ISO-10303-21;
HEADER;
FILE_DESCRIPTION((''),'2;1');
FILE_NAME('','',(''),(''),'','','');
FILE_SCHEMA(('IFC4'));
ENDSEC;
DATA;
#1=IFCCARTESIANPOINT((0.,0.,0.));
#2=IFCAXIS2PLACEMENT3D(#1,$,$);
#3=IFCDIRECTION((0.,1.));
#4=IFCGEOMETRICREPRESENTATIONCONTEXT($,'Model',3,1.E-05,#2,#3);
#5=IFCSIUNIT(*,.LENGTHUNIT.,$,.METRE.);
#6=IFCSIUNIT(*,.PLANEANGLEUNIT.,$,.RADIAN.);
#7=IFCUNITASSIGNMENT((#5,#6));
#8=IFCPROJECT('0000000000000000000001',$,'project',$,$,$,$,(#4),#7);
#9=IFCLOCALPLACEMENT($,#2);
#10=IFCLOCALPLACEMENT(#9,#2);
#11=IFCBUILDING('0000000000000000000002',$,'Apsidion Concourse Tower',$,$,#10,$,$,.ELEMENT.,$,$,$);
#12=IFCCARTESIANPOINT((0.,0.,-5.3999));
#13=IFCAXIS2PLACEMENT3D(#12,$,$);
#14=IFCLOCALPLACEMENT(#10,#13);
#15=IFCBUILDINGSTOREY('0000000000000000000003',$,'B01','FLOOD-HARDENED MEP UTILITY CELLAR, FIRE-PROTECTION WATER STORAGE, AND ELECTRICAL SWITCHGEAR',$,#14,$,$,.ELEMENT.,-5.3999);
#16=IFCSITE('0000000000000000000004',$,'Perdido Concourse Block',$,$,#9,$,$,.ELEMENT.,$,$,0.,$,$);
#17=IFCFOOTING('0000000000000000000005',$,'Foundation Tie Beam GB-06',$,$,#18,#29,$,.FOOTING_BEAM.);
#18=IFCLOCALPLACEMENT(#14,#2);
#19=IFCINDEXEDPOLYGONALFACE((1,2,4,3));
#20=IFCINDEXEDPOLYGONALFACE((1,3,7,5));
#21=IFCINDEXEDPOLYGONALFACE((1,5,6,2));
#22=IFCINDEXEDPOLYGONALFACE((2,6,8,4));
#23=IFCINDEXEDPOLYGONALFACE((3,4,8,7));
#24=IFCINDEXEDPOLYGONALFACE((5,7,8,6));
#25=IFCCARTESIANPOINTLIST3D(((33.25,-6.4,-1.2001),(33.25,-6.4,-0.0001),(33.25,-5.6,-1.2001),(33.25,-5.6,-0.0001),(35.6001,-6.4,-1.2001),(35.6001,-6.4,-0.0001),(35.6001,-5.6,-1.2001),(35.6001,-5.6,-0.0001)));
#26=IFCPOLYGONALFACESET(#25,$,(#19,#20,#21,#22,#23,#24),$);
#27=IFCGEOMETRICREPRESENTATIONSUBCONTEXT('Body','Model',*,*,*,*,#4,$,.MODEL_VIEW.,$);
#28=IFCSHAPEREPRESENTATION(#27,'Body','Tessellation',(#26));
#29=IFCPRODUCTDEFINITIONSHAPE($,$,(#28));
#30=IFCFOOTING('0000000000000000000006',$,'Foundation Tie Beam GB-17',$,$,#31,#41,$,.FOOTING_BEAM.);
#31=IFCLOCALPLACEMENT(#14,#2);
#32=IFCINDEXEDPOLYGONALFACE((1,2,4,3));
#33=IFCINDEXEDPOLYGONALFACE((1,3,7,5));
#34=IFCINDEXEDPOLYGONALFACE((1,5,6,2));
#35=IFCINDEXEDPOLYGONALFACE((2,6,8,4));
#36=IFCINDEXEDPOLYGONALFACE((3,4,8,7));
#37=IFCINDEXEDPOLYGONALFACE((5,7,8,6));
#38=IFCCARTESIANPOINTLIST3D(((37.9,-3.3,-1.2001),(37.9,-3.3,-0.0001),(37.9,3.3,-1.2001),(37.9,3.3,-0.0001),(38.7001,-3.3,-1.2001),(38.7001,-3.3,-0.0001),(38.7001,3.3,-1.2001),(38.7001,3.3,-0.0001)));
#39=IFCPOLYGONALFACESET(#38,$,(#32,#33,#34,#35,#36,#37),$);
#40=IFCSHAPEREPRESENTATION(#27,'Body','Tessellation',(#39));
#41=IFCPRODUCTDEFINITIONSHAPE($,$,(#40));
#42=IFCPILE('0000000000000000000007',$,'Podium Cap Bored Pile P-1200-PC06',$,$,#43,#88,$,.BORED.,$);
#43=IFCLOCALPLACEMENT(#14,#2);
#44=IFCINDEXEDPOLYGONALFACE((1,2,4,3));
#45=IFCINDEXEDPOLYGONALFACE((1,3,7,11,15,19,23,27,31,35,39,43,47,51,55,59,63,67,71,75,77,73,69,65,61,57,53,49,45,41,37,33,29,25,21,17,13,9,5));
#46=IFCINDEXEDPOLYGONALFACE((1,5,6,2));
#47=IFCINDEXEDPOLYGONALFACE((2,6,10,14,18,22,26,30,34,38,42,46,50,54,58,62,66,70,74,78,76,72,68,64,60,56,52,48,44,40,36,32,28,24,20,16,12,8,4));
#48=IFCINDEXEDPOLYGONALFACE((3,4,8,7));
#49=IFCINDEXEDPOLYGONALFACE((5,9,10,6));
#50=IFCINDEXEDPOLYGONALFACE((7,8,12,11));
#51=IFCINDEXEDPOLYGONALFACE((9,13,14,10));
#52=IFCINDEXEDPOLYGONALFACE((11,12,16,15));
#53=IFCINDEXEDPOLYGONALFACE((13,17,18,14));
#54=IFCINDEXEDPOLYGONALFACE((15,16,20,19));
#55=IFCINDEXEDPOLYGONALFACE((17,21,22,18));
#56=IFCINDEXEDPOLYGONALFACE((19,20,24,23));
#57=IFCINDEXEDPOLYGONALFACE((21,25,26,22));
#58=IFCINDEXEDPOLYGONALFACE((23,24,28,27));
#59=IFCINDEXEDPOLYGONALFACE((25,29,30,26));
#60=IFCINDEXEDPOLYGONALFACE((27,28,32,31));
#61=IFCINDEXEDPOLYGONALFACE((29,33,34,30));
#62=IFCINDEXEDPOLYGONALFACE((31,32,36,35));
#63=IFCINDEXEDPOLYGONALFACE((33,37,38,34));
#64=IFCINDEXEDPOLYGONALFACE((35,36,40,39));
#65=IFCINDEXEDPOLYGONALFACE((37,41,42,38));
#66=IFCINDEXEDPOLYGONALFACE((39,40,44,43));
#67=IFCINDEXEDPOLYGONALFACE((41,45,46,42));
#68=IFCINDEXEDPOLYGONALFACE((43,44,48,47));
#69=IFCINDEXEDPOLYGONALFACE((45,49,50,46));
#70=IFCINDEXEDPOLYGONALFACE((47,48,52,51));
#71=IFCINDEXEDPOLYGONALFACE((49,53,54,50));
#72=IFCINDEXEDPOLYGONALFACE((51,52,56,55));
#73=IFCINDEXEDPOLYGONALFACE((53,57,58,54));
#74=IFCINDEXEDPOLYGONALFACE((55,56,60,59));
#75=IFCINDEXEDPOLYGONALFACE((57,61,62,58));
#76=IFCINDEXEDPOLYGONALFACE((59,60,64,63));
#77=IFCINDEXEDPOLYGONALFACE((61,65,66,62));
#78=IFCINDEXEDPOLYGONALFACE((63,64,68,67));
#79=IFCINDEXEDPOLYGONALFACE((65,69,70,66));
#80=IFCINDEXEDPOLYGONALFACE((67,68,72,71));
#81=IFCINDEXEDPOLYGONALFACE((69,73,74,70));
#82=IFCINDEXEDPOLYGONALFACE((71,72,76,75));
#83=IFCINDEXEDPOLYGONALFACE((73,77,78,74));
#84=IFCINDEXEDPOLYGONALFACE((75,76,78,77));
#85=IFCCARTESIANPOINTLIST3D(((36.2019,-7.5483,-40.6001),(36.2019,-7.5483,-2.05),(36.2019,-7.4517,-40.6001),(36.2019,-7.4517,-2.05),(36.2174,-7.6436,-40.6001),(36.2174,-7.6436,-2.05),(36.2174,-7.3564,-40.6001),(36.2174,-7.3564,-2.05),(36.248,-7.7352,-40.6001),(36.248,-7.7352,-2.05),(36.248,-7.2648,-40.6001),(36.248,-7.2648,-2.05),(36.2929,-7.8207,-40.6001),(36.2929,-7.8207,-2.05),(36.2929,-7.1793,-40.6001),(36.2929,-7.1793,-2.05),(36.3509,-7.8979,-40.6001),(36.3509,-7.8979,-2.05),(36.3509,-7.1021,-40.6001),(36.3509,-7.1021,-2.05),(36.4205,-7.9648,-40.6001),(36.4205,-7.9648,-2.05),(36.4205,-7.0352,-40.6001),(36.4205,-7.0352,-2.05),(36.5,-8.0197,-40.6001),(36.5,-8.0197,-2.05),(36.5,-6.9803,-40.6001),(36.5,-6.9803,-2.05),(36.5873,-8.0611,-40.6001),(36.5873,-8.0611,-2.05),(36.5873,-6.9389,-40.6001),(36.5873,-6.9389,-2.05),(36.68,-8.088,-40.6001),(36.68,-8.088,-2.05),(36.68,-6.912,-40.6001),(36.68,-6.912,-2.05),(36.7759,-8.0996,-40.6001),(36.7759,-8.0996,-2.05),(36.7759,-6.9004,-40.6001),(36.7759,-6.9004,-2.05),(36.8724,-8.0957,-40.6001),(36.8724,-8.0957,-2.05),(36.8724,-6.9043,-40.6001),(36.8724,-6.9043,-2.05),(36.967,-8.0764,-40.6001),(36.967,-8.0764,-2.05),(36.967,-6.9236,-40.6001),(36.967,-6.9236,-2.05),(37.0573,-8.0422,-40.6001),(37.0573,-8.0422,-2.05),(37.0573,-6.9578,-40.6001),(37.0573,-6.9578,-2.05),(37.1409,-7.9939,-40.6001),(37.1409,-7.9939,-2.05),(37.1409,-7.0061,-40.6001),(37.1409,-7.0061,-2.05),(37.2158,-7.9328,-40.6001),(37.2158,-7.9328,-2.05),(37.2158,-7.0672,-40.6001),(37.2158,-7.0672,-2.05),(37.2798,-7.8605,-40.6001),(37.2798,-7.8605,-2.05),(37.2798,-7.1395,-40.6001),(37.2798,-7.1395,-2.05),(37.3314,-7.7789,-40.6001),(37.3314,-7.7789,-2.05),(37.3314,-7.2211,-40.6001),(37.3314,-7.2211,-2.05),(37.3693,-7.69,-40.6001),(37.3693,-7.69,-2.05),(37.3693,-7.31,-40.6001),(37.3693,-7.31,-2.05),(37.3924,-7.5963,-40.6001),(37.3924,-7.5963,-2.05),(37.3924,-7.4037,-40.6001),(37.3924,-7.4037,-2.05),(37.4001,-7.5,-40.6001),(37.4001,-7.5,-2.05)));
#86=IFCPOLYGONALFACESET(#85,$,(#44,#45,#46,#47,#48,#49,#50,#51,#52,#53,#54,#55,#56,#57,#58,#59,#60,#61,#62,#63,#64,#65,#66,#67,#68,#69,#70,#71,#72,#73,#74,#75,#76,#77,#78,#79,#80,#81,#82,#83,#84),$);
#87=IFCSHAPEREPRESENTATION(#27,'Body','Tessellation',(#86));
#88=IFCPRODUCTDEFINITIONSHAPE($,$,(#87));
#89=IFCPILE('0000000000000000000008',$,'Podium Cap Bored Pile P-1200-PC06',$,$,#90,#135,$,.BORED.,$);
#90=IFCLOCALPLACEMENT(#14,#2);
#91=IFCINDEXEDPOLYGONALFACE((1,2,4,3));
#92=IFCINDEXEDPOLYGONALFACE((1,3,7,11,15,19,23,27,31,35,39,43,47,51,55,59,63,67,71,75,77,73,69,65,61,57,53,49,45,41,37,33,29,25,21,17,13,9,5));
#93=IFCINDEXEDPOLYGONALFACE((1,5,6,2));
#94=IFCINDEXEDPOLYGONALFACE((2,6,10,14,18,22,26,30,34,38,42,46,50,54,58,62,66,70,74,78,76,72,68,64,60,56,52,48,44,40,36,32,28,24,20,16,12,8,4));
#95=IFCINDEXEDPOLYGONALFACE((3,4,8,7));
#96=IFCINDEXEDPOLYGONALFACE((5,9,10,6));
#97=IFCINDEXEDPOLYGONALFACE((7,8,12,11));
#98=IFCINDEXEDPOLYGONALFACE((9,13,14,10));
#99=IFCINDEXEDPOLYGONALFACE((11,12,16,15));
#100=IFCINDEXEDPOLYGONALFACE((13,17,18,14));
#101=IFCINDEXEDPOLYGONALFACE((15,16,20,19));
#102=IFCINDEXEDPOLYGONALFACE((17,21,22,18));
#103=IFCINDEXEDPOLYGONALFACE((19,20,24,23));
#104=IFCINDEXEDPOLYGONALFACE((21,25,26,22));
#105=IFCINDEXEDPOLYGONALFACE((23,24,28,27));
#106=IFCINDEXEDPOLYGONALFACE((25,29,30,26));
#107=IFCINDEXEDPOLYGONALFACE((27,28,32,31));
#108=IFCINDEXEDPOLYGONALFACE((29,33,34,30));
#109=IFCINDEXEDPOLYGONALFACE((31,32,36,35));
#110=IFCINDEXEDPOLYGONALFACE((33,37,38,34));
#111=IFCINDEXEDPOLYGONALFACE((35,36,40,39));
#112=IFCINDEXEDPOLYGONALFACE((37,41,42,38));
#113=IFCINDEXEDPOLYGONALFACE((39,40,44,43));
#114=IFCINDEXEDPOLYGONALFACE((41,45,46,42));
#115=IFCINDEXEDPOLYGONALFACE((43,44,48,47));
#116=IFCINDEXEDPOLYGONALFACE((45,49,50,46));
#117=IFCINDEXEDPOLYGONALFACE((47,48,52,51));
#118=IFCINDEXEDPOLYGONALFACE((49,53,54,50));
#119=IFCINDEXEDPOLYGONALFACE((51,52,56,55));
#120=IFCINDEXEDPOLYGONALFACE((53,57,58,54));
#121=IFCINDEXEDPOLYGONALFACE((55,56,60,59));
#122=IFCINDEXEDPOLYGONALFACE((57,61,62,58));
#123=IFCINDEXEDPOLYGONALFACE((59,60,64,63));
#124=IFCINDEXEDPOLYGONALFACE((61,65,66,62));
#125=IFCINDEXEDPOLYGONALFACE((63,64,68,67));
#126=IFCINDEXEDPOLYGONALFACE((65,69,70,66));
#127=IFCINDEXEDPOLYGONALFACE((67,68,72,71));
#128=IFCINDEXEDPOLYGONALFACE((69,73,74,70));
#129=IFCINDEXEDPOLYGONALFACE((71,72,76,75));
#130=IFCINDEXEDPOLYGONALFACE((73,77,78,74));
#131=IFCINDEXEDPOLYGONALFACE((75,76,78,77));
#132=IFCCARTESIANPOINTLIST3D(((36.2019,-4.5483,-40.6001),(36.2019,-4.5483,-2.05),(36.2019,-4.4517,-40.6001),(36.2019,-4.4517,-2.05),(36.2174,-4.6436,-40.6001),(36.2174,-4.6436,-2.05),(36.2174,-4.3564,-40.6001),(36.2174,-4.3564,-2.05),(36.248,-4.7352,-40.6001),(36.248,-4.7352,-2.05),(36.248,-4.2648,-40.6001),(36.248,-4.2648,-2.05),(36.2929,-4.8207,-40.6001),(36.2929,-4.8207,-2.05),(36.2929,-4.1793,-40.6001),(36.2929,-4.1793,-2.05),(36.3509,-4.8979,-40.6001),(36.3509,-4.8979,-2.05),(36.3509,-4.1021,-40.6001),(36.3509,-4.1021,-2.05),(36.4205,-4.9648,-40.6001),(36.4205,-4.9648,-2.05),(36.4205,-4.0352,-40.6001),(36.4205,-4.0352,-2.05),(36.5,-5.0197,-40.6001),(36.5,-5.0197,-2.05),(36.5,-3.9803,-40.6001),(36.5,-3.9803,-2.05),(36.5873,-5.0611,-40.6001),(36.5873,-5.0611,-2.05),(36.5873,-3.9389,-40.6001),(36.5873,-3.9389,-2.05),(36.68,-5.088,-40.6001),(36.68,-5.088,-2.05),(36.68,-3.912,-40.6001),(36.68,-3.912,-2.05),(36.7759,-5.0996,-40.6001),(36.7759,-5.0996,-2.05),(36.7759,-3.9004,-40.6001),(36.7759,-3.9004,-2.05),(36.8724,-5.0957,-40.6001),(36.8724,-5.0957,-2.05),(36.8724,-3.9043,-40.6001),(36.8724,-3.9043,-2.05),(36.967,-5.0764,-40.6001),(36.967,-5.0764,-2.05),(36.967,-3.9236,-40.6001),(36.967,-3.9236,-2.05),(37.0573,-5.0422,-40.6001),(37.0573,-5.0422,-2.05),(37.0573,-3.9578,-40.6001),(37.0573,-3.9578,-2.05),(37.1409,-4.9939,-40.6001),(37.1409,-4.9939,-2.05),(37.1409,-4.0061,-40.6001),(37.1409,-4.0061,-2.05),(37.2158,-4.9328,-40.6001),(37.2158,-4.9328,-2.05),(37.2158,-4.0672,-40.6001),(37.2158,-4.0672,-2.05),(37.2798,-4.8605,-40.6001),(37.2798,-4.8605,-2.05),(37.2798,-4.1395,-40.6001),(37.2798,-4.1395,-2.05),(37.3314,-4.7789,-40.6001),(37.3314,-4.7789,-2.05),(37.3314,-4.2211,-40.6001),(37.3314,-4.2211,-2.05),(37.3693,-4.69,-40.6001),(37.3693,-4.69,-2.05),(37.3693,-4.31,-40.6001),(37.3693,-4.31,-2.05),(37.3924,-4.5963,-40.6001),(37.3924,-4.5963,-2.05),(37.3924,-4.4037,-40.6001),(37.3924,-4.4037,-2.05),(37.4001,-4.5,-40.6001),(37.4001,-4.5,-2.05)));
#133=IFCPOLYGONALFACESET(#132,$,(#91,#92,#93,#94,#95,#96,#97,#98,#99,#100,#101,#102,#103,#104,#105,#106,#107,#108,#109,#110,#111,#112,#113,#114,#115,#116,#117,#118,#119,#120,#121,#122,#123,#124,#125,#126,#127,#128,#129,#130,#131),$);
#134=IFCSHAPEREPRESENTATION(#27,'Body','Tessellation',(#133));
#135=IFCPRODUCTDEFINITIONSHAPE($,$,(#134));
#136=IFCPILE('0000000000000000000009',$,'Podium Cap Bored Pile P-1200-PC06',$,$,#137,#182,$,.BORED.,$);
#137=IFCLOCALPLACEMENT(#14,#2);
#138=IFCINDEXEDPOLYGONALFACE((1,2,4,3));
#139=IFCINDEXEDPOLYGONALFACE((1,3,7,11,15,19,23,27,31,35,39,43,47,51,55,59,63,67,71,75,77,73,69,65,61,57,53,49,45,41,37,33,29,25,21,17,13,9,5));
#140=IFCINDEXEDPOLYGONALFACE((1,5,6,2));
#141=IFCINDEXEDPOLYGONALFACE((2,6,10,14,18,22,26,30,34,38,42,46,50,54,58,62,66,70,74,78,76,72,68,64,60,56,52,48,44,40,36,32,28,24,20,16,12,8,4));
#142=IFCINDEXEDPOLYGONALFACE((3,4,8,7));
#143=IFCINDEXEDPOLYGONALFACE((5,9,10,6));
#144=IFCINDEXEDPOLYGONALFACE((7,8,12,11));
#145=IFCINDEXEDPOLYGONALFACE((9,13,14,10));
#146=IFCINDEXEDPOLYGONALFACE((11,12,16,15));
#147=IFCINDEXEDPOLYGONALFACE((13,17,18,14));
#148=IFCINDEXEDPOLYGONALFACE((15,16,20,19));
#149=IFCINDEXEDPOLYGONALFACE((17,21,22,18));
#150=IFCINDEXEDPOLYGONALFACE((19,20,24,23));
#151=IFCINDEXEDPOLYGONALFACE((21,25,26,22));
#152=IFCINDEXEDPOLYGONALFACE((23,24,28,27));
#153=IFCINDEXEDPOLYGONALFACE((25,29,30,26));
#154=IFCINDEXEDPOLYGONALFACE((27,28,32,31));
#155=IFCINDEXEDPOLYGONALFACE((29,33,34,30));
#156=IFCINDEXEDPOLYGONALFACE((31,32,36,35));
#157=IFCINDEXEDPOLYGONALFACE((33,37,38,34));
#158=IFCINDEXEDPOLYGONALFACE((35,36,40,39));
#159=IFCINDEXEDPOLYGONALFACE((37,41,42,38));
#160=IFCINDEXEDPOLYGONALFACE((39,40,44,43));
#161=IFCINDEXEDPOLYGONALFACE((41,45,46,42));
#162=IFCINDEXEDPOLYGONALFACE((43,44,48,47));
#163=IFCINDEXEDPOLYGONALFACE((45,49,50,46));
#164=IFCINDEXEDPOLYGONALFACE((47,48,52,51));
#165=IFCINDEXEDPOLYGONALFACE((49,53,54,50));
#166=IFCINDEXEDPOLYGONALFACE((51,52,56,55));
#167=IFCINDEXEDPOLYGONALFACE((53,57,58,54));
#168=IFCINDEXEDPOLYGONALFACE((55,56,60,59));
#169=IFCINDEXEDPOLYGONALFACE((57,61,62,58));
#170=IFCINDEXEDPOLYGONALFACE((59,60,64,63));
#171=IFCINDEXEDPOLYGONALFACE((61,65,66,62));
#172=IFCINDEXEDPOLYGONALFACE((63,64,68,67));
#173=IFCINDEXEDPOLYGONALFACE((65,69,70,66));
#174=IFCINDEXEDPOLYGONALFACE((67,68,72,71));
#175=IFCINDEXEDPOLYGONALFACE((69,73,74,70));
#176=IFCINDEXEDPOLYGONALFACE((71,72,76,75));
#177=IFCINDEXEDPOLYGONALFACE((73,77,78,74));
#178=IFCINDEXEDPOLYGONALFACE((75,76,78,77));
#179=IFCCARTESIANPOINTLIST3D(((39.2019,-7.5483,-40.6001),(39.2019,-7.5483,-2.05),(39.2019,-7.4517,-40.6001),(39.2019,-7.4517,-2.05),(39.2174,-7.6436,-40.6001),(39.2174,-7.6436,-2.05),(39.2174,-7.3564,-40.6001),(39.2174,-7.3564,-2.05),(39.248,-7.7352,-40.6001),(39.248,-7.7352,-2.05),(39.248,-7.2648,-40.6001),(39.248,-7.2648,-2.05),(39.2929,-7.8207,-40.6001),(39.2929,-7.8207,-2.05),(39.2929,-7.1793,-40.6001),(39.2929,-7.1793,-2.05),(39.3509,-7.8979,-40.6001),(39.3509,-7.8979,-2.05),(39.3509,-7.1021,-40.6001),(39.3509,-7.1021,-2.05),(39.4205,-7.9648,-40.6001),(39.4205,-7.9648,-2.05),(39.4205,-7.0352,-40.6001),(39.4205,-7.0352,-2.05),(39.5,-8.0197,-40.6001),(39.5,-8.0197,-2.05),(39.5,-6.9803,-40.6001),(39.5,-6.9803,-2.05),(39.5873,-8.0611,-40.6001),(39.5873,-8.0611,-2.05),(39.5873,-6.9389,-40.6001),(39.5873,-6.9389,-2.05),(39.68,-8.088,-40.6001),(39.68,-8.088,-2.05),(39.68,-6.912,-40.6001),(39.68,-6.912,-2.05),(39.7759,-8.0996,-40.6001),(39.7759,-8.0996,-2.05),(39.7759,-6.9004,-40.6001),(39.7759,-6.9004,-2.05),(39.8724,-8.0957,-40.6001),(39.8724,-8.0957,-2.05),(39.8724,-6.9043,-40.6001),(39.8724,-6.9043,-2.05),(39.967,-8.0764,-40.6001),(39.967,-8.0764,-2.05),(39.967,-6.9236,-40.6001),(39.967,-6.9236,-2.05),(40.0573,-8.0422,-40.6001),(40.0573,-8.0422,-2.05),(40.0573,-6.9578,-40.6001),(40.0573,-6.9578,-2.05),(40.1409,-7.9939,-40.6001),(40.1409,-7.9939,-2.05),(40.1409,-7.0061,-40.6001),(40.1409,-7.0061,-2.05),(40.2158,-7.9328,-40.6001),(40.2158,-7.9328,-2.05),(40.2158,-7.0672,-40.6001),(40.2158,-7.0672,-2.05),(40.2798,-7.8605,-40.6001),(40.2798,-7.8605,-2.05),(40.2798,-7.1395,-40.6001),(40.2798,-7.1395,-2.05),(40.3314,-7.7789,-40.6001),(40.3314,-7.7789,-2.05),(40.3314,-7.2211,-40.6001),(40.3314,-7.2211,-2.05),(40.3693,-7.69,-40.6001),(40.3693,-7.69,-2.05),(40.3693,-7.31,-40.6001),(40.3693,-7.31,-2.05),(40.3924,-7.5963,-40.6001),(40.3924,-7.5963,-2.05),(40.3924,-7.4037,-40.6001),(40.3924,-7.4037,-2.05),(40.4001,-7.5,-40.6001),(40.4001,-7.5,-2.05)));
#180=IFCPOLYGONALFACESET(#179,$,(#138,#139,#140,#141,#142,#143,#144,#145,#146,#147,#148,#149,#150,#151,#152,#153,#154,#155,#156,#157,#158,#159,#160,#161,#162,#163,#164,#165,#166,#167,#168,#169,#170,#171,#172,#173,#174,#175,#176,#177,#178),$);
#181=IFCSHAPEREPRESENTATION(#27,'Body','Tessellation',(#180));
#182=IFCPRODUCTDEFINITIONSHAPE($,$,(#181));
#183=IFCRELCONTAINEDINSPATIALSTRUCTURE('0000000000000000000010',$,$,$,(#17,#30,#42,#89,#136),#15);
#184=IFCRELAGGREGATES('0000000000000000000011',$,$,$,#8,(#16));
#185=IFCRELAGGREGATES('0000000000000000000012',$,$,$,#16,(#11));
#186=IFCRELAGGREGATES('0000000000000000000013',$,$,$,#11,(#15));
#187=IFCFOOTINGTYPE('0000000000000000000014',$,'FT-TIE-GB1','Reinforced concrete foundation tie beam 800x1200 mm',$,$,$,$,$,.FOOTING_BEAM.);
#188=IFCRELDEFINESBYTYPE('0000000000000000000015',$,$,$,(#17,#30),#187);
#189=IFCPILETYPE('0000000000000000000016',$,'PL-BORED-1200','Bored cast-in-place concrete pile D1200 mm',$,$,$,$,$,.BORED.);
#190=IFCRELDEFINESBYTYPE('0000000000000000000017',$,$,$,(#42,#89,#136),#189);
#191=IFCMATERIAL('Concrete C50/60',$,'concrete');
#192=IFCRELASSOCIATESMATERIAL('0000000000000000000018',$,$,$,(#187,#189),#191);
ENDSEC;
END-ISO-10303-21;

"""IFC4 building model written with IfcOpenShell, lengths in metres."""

from ifc_helpers import new_model, si_unit, direction, frame, origin, origin_2d, place, context, subcontext, project, spatial, rectangle, circle, extrude, material, material_profile, profile_set, type_object, element, save


model = new_model("IFC4")

# Units and contexts
model_context = context("Model", 3, precision=1e-05, world=origin(), true_north=direction((0.0, 1.0)))
body_context = subcontext(model_context, "Body", "Model", "MODEL_VIEW")
ifc_project = project(units=[si_unit("LENGTHUNIT", "METRE"), si_unit("PLANEANGLEUNIT", "RADIAN")], contexts=[model_context])

# Site, building, storey
site_placement = place(None, origin())
site = spatial("IfcSite", under=ifc_project, at=site_placement, Name="Perdido Concourse Block", CompositionType="ELEMENT", RefElevation=0.0)
building_placement = place(site_placement, origin())
building = spatial("IfcBuilding", under=site, at=building_placement, Name="Apsidion Concourse Tower", CompositionType="ELEMENT")
storey_placement = place(building_placement, frame((0.0, 0.0, -5.3999)))
storey = spatial("IfcBuildingStorey", under=building, at=storey_placement, Name="B01", Description="FLOOD-HARDENED MEP UTILITY CELLAR, FIRE-PROTECTION WATER STORAGE, AND ELECTRICAL SWITCHGEAR", CompositionType="ELEMENT", Elevation=-5.3999)

# Footings
ifc_material_1 = material(Name="Concrete C50/60", Category="concrete")
ifc_material_profile_1 = material_profile(ifc_material_1, rectangle(XDim=0.8, YDim=1.2, at=origin_2d()), Name="RC 800x1200")
ifc_profile_set_1 = profile_set([ifc_material_profile_1], Name="Concrete C50/60")
footing_type = type_object("IfcFootingType", Name="FT-TIE-GB1", Description="Reinforced concrete foundation tie beam 800x1200 mm", PredefinedType="FOOTING_BEAM", material=ifc_profile_set_1)
footing_1_placement = place(storey_placement, frame((33.25, -6.0, -0.6001), z_axis=(1.0, 0.0, 0.0), x_axis=(0.0, 1.0, 0.0)))
element("IfcFooting", 1, at=footing_1_placement, inside=storey, type_object=footing_type, Name="Foundation Tie Beam GB-06", PredefinedType="FOOTING_BEAM", context=body_context, shape_type="SweptSolid", body=[
    extrude(rectangle(XDim=0.8, YDim=1.2, at=origin_2d()), origin(), (0.0, 0.0, 1.0), 2.3501),
])
footing_2_placement = place(storey_placement, frame((38.3, -3.3, -0.6001), z_axis=(0.0, 1.0, 0.0), x_axis=(-1.0, 0.0, 0.0)))
element("IfcFooting", 2, at=footing_2_placement, inside=storey, type_object=footing_type, Name="Foundation Tie Beam GB-17", PredefinedType="FOOTING_BEAM", context=body_context, shape_type="SweptSolid", body=[
    extrude(rectangle(XDim=0.8, YDim=1.2, at=origin_2d()), origin(), (0.0, 0.0, 1.0), 6.6001),
])

# Piles
ifc_material_profile_2 = material_profile(ifc_material_1, circle(Radius=0.6001, at=origin_2d()), Name="BORED PILE D1200")
ifc_profile_set_2 = profile_set([ifc_material_profile_2], Name="Concrete C50/60")
pile_type_1 = type_object("IfcPileType", Name="PL-BORED-1200", Description="Bored cast-in-place concrete pile D1200 mm", PredefinedType="BORED", material=ifc_profile_set_2)
for number, where, z_axis, x_axis, name in (
    (3, (36.8, -7.5, -2.05), (0.0, 0.0, -1.0), (1.0, 0.0, 0.0), "Podium Cap Bored Pile P-1200-PC06"),
    (4, (36.8, -4.5, -2.05), (0.0, 0.0, -1.0), (1.0, 0.0, 0.0), "Podium Cap Bored Pile P-1200-PC06"),
    (5, (39.8, -7.5, -2.05), (0.0, 0.0, -1.0), (1.0, 0.0, 0.0), "Podium Cap Bored Pile P-1200-PC06"),
):
    element("IfcPile", number, at=place(storey_placement, frame(where, z_axis=z_axis, x_axis=x_axis)), inside=storey, type_object=pile_type_1, Name=name, PredefinedType="BORED", context=body_context, shape_type="SweptSolid", body=[
        extrude(circle(Radius=0.6001, at=origin_2d()), origin(), (0.0, 0.0, 1.0), 38.55),
    ])

save(model, "model.ifc")
